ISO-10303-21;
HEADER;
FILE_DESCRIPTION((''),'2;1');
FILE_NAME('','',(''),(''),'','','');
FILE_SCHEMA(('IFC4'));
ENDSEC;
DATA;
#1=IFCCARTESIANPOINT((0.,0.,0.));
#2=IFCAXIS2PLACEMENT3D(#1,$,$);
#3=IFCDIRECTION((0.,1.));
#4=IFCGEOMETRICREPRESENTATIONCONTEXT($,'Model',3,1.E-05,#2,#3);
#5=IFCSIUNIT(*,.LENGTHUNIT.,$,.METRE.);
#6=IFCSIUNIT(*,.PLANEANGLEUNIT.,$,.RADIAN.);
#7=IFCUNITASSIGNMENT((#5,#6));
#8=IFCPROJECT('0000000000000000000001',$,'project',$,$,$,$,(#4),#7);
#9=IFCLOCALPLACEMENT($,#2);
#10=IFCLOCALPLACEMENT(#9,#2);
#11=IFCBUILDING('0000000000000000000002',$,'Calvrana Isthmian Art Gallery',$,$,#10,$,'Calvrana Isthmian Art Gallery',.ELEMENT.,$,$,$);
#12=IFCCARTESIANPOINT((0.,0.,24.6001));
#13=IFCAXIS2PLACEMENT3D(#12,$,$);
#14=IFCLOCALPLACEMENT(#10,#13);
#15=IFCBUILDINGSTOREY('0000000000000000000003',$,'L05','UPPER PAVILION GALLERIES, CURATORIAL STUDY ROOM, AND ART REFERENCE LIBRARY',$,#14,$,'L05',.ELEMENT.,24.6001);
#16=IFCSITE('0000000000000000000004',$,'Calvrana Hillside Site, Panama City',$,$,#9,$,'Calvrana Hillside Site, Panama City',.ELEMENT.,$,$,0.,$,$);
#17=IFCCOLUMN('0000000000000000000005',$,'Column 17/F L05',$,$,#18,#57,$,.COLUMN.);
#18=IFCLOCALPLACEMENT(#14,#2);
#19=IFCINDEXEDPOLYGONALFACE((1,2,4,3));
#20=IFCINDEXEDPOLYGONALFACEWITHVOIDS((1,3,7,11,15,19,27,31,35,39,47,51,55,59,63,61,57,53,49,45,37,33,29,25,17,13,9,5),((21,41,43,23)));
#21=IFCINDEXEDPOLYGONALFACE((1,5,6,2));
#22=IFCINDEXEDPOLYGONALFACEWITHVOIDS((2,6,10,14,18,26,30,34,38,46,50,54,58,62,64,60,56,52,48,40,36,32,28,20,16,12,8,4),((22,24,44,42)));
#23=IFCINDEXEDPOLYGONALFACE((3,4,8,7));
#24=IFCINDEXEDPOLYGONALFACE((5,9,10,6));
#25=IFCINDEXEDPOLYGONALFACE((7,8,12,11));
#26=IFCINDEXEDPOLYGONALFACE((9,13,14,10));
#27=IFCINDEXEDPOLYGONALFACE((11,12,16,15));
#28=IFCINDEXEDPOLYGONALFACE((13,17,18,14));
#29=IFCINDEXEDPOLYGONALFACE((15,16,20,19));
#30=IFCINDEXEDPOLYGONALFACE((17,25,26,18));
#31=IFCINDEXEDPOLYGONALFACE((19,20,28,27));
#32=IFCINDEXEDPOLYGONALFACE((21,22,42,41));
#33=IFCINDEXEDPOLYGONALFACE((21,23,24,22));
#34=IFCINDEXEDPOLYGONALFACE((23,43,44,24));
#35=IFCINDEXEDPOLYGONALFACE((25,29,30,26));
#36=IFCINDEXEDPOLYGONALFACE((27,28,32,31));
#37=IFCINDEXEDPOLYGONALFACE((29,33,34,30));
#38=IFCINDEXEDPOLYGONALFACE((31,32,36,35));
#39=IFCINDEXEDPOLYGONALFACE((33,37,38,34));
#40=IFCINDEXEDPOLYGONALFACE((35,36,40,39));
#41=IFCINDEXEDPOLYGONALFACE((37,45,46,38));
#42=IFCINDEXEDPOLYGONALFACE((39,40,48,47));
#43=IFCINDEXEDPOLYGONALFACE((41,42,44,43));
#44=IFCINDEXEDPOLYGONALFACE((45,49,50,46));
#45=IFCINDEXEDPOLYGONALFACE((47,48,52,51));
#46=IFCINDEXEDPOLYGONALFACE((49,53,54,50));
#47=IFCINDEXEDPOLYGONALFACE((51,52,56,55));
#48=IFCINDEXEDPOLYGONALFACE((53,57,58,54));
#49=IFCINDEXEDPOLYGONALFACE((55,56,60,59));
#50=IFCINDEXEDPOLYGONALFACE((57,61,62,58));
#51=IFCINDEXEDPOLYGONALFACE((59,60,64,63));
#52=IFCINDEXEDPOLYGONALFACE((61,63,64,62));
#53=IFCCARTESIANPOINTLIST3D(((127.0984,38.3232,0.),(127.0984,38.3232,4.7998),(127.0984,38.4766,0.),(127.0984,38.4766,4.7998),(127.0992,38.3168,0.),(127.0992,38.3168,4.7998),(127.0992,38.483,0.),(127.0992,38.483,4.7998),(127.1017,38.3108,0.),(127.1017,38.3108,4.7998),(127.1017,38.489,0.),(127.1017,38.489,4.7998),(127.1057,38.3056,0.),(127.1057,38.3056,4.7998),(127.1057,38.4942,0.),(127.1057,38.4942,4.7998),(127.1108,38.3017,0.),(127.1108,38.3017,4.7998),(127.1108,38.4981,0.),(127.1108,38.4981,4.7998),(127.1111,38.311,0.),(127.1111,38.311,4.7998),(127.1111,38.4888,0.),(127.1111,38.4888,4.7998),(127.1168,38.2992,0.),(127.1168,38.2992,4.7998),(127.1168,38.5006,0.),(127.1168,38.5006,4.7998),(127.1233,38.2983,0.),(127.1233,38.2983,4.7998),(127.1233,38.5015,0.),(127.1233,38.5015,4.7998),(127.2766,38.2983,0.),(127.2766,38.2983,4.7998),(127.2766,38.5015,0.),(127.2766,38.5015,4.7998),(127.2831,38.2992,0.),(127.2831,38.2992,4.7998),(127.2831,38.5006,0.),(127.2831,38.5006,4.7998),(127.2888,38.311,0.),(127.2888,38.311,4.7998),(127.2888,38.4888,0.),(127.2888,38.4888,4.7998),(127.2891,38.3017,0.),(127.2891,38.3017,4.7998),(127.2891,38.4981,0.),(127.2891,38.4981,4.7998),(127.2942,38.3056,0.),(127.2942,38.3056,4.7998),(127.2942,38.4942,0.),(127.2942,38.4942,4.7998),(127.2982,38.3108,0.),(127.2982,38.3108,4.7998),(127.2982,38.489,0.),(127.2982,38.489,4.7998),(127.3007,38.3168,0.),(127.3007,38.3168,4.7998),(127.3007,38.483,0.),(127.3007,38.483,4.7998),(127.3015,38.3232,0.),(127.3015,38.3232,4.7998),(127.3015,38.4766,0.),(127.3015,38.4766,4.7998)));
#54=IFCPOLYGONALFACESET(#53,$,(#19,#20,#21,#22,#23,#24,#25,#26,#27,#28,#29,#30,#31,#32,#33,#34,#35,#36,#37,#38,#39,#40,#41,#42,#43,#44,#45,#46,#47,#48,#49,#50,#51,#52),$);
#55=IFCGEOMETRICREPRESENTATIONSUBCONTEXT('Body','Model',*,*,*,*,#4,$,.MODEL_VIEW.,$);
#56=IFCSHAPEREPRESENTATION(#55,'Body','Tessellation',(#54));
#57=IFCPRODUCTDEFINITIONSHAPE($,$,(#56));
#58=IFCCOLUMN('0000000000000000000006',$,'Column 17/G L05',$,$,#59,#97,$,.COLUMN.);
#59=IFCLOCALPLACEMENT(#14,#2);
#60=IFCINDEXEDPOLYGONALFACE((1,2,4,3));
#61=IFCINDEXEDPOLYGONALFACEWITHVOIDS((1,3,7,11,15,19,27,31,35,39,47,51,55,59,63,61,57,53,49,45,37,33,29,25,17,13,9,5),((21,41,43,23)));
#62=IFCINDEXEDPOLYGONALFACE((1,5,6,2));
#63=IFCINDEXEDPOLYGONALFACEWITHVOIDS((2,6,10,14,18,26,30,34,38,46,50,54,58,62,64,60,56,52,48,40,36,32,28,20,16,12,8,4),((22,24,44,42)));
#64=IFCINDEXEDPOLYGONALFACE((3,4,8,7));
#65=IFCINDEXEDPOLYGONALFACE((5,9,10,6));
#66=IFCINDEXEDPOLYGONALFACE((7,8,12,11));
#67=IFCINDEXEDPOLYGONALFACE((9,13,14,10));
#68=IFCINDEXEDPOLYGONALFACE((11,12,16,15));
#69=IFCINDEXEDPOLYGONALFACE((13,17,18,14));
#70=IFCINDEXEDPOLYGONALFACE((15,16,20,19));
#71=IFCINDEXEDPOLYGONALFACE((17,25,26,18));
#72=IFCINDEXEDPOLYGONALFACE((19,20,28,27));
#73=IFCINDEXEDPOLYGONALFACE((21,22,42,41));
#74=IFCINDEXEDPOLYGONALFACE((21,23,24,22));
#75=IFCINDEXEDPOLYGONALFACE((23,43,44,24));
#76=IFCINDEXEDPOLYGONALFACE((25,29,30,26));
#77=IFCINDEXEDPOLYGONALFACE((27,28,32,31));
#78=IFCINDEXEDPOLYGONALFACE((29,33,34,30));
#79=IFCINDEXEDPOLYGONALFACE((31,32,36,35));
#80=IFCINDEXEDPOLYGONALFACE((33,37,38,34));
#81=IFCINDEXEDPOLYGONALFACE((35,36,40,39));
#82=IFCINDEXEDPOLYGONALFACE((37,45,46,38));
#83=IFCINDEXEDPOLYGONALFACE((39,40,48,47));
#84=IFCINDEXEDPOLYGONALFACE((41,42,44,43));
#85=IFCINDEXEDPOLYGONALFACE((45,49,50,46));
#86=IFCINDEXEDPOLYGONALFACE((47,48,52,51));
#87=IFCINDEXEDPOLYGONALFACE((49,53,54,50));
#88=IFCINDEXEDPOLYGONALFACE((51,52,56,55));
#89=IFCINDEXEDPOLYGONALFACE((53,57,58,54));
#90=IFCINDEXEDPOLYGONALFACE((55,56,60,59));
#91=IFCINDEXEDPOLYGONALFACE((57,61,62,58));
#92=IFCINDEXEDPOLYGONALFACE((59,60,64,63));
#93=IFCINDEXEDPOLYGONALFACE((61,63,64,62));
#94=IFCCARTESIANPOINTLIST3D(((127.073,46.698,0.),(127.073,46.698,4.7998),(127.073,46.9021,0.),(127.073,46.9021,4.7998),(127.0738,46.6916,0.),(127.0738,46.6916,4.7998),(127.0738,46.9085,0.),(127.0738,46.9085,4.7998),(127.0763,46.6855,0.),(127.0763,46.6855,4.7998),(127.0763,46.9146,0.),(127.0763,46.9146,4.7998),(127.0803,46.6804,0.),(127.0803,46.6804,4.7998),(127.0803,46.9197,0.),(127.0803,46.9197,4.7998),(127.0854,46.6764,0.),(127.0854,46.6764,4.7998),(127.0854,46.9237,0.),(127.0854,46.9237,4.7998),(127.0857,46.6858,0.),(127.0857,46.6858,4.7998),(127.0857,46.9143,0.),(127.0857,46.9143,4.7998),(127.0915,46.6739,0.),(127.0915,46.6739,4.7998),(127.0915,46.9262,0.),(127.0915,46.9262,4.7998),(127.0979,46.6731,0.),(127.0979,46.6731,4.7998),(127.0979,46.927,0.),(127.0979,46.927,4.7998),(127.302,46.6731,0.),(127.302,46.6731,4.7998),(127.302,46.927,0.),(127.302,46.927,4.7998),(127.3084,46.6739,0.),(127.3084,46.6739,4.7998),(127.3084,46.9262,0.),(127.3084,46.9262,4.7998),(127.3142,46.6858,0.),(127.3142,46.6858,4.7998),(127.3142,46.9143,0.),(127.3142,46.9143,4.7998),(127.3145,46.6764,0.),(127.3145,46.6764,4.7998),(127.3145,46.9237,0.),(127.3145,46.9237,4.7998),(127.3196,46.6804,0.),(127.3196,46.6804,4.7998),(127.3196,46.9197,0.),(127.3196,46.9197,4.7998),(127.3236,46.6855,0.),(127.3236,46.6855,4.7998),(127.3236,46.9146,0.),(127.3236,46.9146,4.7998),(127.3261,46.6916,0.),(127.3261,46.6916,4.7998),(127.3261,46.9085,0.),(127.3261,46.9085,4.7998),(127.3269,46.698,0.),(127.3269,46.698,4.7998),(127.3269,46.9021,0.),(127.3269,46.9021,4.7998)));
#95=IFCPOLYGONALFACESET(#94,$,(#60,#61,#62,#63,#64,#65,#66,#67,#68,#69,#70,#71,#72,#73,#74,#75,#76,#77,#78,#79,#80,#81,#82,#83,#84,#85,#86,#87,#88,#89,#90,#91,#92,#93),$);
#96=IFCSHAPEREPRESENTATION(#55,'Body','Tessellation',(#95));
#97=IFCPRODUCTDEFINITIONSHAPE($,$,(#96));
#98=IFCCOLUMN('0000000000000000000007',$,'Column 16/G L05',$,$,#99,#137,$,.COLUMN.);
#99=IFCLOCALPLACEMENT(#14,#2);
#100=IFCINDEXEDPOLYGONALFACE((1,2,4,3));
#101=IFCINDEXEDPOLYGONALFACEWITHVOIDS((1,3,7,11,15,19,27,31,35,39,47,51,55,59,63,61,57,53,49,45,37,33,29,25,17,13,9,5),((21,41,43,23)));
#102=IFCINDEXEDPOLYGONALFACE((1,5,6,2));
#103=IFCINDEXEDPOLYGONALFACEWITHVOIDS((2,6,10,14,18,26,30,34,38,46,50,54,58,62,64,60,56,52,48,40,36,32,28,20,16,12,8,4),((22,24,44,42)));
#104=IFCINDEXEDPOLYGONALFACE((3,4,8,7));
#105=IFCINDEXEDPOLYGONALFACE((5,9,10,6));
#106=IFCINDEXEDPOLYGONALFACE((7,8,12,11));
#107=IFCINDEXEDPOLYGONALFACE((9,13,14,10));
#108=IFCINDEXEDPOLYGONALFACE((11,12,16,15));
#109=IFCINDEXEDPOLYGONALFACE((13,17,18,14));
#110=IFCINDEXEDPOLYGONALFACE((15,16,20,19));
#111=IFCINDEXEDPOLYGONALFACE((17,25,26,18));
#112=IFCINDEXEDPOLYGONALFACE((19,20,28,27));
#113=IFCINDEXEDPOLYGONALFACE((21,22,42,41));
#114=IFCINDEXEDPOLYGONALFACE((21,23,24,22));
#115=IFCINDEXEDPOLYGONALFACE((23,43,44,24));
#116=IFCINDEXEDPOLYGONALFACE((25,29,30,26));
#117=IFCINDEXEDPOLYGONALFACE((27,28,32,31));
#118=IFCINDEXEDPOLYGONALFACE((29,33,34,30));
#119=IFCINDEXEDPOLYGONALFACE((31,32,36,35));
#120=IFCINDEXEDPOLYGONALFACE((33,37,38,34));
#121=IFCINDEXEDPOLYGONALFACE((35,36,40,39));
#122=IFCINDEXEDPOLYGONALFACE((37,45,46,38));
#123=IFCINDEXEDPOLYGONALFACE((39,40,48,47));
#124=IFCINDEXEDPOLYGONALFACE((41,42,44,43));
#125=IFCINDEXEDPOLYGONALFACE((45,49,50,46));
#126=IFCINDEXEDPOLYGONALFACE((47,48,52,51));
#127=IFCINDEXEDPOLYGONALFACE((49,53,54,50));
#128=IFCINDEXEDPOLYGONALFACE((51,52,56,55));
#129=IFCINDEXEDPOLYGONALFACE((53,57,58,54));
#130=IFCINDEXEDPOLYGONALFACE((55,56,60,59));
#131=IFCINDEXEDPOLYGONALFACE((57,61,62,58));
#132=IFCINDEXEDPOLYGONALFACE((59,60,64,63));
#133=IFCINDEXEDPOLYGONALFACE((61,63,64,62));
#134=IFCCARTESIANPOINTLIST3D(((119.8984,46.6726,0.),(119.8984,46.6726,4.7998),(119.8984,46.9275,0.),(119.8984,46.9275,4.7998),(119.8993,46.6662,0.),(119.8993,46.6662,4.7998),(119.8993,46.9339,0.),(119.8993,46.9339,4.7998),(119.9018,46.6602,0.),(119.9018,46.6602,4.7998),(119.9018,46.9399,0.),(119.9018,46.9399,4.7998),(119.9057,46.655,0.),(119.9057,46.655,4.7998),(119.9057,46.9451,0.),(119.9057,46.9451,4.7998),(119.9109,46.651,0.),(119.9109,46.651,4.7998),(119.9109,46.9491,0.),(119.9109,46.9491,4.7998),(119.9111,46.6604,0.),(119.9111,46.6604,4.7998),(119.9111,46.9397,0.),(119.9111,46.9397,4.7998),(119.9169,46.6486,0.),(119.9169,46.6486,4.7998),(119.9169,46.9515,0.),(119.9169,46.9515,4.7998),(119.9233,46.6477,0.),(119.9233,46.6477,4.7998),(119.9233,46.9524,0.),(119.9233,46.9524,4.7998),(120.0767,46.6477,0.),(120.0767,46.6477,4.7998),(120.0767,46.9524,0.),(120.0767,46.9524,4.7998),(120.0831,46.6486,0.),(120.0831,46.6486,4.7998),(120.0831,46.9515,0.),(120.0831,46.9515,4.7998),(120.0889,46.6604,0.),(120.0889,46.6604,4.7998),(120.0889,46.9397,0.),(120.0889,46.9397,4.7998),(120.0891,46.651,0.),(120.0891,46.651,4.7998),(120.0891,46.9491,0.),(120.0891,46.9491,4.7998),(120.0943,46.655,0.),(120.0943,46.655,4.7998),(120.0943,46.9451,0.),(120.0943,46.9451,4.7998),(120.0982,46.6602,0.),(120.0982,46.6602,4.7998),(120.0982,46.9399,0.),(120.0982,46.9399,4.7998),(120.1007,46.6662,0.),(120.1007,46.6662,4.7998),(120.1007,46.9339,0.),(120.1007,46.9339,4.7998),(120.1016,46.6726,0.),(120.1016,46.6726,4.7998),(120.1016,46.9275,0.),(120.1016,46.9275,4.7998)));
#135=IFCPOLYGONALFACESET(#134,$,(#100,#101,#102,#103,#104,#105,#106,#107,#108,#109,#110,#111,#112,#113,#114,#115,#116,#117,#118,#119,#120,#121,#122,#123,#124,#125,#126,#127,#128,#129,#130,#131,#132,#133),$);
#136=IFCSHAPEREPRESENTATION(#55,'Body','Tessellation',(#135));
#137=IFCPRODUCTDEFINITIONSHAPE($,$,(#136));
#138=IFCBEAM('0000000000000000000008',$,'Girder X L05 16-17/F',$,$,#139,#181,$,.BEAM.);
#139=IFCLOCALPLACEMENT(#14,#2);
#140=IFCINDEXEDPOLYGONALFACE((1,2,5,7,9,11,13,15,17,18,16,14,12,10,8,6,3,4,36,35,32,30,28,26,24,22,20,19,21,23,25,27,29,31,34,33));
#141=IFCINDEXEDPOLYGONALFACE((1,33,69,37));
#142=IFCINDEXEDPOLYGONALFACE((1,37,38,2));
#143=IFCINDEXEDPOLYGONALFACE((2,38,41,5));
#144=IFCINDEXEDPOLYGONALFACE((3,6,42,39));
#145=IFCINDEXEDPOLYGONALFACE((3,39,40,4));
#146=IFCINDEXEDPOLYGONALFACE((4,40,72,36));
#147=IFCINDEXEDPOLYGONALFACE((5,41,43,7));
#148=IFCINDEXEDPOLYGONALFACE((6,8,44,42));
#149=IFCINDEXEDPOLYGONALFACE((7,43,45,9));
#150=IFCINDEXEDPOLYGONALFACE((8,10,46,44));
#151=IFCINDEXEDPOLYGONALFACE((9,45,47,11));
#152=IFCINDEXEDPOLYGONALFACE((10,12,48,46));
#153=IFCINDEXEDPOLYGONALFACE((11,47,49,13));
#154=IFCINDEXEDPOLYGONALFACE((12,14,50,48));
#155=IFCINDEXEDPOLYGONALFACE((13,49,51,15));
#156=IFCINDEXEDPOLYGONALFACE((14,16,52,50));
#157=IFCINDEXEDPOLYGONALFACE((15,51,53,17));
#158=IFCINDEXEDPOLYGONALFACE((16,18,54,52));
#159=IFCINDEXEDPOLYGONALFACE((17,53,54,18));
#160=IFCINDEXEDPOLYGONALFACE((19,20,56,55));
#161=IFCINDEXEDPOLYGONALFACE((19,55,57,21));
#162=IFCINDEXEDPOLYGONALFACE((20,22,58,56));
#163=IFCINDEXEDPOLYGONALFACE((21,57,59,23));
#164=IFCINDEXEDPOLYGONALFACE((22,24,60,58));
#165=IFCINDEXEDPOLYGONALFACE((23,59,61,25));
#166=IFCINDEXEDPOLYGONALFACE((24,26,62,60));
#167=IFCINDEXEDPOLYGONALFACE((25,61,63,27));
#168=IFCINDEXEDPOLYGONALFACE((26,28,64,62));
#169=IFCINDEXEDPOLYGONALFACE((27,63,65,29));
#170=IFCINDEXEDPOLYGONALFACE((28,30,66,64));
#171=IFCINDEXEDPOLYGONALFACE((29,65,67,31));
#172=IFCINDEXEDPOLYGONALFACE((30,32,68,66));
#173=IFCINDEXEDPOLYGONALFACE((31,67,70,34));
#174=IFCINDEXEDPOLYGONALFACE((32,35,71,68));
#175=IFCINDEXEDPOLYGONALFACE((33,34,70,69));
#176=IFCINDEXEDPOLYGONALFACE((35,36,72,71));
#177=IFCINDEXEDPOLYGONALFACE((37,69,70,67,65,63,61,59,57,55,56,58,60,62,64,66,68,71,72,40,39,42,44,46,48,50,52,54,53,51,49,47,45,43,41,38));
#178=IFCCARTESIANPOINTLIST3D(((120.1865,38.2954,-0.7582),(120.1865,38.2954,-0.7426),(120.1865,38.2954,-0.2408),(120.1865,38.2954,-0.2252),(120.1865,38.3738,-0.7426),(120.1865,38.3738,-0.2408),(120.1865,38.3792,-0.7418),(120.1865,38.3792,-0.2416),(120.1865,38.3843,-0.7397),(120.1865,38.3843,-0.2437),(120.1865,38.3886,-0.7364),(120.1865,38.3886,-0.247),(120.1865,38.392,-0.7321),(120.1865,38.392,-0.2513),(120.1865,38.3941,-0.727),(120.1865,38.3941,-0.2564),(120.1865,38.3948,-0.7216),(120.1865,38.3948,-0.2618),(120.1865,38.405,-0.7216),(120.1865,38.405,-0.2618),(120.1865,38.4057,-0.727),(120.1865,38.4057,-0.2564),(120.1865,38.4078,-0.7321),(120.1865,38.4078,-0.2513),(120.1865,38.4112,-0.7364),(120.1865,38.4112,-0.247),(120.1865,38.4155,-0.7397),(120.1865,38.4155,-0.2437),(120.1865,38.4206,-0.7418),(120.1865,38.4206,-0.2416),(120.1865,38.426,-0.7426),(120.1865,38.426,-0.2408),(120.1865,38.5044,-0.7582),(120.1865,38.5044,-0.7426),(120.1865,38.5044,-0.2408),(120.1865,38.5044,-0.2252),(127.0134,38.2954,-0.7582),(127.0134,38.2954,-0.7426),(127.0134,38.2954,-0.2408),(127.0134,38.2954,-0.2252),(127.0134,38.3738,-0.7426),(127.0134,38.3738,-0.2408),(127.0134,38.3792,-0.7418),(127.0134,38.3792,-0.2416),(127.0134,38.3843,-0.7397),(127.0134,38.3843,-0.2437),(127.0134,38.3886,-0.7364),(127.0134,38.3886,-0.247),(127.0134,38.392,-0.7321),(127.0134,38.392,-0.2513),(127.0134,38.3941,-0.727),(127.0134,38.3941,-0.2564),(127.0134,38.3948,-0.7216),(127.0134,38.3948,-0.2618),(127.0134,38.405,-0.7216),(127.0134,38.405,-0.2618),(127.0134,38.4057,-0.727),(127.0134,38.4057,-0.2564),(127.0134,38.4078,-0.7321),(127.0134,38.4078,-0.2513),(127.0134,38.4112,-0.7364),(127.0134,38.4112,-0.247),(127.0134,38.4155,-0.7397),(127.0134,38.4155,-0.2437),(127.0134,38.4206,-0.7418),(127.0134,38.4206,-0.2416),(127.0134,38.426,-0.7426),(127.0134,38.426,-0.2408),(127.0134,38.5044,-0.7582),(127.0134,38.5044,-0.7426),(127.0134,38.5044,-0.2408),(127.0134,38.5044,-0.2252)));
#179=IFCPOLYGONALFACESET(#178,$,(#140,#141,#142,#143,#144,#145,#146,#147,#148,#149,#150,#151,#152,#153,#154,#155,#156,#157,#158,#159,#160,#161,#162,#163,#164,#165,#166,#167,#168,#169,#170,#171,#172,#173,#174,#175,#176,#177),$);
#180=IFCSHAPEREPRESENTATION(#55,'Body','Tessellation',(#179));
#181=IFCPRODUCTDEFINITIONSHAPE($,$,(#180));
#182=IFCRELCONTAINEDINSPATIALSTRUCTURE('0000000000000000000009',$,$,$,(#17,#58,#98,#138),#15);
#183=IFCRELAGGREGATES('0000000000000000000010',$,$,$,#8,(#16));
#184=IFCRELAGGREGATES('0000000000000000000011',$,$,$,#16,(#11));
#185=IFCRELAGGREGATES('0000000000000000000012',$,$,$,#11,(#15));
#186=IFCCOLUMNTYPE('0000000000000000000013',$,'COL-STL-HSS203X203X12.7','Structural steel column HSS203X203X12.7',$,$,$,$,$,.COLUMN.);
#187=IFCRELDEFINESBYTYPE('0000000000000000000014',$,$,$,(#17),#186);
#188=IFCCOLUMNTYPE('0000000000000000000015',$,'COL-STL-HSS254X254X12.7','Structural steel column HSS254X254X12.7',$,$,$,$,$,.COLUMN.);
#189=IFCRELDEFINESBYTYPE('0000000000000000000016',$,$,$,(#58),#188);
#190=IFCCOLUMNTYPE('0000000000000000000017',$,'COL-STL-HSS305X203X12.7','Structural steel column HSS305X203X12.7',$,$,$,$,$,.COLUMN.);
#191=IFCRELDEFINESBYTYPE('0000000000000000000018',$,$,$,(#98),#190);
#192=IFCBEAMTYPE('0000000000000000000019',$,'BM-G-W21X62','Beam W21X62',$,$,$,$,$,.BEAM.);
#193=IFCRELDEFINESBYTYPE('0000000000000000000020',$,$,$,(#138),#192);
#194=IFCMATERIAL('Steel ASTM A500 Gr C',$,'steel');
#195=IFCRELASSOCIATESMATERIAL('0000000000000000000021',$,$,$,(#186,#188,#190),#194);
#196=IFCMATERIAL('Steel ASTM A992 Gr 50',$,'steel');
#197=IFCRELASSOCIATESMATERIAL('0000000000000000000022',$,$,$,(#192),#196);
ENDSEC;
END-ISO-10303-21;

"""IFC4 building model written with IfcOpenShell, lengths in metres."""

from ifc_helpers import new_model, si_unit, direction, frame, origin, origin_2d, place, context, subcontext, project, spatial, hollow_rectangle, i_section, extrude, material, material_profile, profile_set, type_object, element, save


model = new_model("IFC4")

# Units and contexts
model_context = context("Model", 3, precision=1e-05, world=origin(), true_north=direction((0.0, 1.0)))
body_context = subcontext(model_context, "Body", "Model", "MODEL_VIEW")
ifc_project = project(units=[si_unit("LENGTHUNIT", "METRE"), si_unit("PLANEANGLEUNIT", "RADIAN")], contexts=[model_context])

# Site, building, storey
site_placement = place(None, origin())
site = spatial("IfcSite", under=ifc_project, at=site_placement, Name="Calvrana Hillside Site, Panama City", LongName="Calvrana Hillside Site, Panama City", CompositionType="ELEMENT", RefElevation=0.0)
building_placement = place(site_placement, origin())
building = spatial("IfcBuilding", under=site, at=building_placement, Name="Calvrana Isthmian Art Gallery", LongName="Calvrana Isthmian Art Gallery", CompositionType="ELEMENT")
storey_placement = place(building_placement, frame((0.0, 0.0, 24.6001)))
storey = spatial("IfcBuildingStorey", under=building, at=storey_placement, Name="L05", Description="UPPER PAVILION GALLERIES, CURATORIAL STUDY ROOM, AND ART REFERENCE LIBRARY", LongName="L05", CompositionType="ELEMENT", Elevation=24.6001)

# Columns
ifc_material_1 = material(Name="Steel ASTM A500 Gr C", Category="steel")
ifc_material_profile_1 = material_profile(ifc_material_1, hollow_rectangle(XDim=0.2031, YDim=0.2031, WallThickness=0.0127, OuterFilletRadius=0.0249, at=origin_2d()), Name="HSS203X203X12.7")
ifc_profile_set_1 = profile_set([ifc_material_profile_1], Name="Steel ASTM A500 Gr C")
column_type_1 = type_object("IfcColumnType", Name="COL-STL-HSS203X203X12.7", Description="Structural steel column HSS203X203X12.7", PredefinedType="COLUMN", material=ifc_profile_set_1)
column_1_placement = place(storey_placement, frame((127.2, 38.3999, 0.0), z_axis=(0.0, 0.0, 1.0), x_axis=(1.0, 0.0, 0.0)))
element("IfcColumn", 1, at=column_1_placement, inside=storey, type_object=column_type_1, Name="Column 17/F L05", PredefinedType="COLUMN", context=body_context, shape_type="SweptSolid", body=[
    extrude(hollow_rectangle(XDim=0.2031, YDim=0.2031, WallThickness=0.0127, OuterFilletRadius=0.0249, at=origin_2d()), origin(), (0.0, 0.0, 1.0), 4.7998),
])
ifc_material_profile_2 = material_profile(ifc_material_1, hollow_rectangle(XDim=0.2539, YDim=0.2539, WallThickness=0.0127, OuterFilletRadius=0.0249, at=origin_2d()), Name="HSS254X254X12.7")
ifc_profile_set_2 = profile_set([ifc_material_profile_2], Name="Steel ASTM A500 Gr C")
column_type_2 = type_object("IfcColumnType", Name="COL-STL-HSS254X254X12.7", Description="Structural steel column HSS254X254X12.7", PredefinedType="COLUMN", material=ifc_profile_set_2)
column_2_placement = place(storey_placement, frame((127.2, 46.8, 0.0), z_axis=(0.0, 0.0, 1.0), x_axis=(1.0, 0.0, 0.0)))
element("IfcColumn", 2, at=column_2_placement, inside=storey, type_object=column_type_2, Name="Column 17/G L05", PredefinedType="COLUMN", context=body_context, shape_type="SweptSolid", body=[
    extrude(hollow_rectangle(XDim=0.2539, YDim=0.2539, WallThickness=0.0127, OuterFilletRadius=0.0249, at=origin_2d()), origin(), (0.0, 0.0, 1.0), 4.7998),
])
ifc_material_profile_3 = material_profile(ifc_material_1, hollow_rectangle(XDim=0.2031, YDim=0.3047, WallThickness=0.0127, OuterFilletRadius=0.0249, at=origin_2d()), Name="HSS305X203X12.7")
ifc_profile_set_3 = profile_set([ifc_material_profile_3], Name="Steel ASTM A500 Gr C")
column_type_3 = type_object("IfcColumnType", Name="COL-STL-HSS305X203X12.7", Description="Structural steel column HSS305X203X12.7", PredefinedType="COLUMN", material=ifc_profile_set_3)
column_3_placement = place(storey_placement, frame((120.0, 46.8, 0.0), z_axis=(0.0, 0.0, 1.0), x_axis=(1.0, 0.0, 0.0)))
element("IfcColumn", 3, at=column_3_placement, inside=storey, type_object=column_type_3, Name="Column 16/G L05", PredefinedType="COLUMN", context=body_context, shape_type="SweptSolid", body=[
    extrude(hollow_rectangle(XDim=0.2031, YDim=0.3047, WallThickness=0.0127, OuterFilletRadius=0.0249, at=origin_2d()), origin(), (0.0, 0.0, 1.0), 4.7998),
])

# Beam
ifc_material_2 = material(Name="Steel ASTM A992 Gr 50", Category="steel")
ifc_material_profile_4 = material_profile(ifc_material_2, i_section(OverallWidth=0.209, OverallDepth=0.533, WebThickness=0.0103, FlangeThickness=0.0156, FilletRadius=0.021, at=origin_2d()), Name="W21X62")
ifc_profile_set_4 = profile_set([ifc_material_profile_4], Name="Steel ASTM A992 Gr 50")
beam_type_1 = type_object("IfcBeamType", Name="BM-G-W21X62", Description="Beam W21X62", PredefinedType="BEAM", material=ifc_profile_set_4)
beam_1_placement = place(storey_placement, frame((120.1865, 38.3999, -0.4917), z_axis=(1.0, 0.0, 0.0), x_axis=(0.0, 1.0, 0.0)))
element("IfcBeam", 4, at=beam_1_placement, inside=storey, type_object=beam_type_1, Name="Girder X L05 16-17/F", PredefinedType="BEAM", context=body_context, shape_type="SweptSolid", body=[
    extrude(i_section(OverallWidth=0.209, OverallDepth=0.533, WebThickness=0.0103, FlangeThickness=0.0156, FilletRadius=0.021, at=origin_2d()), origin(), (0.0, 0.0, 1.0), 6.8269),
])

save(model, "model.ifc")
